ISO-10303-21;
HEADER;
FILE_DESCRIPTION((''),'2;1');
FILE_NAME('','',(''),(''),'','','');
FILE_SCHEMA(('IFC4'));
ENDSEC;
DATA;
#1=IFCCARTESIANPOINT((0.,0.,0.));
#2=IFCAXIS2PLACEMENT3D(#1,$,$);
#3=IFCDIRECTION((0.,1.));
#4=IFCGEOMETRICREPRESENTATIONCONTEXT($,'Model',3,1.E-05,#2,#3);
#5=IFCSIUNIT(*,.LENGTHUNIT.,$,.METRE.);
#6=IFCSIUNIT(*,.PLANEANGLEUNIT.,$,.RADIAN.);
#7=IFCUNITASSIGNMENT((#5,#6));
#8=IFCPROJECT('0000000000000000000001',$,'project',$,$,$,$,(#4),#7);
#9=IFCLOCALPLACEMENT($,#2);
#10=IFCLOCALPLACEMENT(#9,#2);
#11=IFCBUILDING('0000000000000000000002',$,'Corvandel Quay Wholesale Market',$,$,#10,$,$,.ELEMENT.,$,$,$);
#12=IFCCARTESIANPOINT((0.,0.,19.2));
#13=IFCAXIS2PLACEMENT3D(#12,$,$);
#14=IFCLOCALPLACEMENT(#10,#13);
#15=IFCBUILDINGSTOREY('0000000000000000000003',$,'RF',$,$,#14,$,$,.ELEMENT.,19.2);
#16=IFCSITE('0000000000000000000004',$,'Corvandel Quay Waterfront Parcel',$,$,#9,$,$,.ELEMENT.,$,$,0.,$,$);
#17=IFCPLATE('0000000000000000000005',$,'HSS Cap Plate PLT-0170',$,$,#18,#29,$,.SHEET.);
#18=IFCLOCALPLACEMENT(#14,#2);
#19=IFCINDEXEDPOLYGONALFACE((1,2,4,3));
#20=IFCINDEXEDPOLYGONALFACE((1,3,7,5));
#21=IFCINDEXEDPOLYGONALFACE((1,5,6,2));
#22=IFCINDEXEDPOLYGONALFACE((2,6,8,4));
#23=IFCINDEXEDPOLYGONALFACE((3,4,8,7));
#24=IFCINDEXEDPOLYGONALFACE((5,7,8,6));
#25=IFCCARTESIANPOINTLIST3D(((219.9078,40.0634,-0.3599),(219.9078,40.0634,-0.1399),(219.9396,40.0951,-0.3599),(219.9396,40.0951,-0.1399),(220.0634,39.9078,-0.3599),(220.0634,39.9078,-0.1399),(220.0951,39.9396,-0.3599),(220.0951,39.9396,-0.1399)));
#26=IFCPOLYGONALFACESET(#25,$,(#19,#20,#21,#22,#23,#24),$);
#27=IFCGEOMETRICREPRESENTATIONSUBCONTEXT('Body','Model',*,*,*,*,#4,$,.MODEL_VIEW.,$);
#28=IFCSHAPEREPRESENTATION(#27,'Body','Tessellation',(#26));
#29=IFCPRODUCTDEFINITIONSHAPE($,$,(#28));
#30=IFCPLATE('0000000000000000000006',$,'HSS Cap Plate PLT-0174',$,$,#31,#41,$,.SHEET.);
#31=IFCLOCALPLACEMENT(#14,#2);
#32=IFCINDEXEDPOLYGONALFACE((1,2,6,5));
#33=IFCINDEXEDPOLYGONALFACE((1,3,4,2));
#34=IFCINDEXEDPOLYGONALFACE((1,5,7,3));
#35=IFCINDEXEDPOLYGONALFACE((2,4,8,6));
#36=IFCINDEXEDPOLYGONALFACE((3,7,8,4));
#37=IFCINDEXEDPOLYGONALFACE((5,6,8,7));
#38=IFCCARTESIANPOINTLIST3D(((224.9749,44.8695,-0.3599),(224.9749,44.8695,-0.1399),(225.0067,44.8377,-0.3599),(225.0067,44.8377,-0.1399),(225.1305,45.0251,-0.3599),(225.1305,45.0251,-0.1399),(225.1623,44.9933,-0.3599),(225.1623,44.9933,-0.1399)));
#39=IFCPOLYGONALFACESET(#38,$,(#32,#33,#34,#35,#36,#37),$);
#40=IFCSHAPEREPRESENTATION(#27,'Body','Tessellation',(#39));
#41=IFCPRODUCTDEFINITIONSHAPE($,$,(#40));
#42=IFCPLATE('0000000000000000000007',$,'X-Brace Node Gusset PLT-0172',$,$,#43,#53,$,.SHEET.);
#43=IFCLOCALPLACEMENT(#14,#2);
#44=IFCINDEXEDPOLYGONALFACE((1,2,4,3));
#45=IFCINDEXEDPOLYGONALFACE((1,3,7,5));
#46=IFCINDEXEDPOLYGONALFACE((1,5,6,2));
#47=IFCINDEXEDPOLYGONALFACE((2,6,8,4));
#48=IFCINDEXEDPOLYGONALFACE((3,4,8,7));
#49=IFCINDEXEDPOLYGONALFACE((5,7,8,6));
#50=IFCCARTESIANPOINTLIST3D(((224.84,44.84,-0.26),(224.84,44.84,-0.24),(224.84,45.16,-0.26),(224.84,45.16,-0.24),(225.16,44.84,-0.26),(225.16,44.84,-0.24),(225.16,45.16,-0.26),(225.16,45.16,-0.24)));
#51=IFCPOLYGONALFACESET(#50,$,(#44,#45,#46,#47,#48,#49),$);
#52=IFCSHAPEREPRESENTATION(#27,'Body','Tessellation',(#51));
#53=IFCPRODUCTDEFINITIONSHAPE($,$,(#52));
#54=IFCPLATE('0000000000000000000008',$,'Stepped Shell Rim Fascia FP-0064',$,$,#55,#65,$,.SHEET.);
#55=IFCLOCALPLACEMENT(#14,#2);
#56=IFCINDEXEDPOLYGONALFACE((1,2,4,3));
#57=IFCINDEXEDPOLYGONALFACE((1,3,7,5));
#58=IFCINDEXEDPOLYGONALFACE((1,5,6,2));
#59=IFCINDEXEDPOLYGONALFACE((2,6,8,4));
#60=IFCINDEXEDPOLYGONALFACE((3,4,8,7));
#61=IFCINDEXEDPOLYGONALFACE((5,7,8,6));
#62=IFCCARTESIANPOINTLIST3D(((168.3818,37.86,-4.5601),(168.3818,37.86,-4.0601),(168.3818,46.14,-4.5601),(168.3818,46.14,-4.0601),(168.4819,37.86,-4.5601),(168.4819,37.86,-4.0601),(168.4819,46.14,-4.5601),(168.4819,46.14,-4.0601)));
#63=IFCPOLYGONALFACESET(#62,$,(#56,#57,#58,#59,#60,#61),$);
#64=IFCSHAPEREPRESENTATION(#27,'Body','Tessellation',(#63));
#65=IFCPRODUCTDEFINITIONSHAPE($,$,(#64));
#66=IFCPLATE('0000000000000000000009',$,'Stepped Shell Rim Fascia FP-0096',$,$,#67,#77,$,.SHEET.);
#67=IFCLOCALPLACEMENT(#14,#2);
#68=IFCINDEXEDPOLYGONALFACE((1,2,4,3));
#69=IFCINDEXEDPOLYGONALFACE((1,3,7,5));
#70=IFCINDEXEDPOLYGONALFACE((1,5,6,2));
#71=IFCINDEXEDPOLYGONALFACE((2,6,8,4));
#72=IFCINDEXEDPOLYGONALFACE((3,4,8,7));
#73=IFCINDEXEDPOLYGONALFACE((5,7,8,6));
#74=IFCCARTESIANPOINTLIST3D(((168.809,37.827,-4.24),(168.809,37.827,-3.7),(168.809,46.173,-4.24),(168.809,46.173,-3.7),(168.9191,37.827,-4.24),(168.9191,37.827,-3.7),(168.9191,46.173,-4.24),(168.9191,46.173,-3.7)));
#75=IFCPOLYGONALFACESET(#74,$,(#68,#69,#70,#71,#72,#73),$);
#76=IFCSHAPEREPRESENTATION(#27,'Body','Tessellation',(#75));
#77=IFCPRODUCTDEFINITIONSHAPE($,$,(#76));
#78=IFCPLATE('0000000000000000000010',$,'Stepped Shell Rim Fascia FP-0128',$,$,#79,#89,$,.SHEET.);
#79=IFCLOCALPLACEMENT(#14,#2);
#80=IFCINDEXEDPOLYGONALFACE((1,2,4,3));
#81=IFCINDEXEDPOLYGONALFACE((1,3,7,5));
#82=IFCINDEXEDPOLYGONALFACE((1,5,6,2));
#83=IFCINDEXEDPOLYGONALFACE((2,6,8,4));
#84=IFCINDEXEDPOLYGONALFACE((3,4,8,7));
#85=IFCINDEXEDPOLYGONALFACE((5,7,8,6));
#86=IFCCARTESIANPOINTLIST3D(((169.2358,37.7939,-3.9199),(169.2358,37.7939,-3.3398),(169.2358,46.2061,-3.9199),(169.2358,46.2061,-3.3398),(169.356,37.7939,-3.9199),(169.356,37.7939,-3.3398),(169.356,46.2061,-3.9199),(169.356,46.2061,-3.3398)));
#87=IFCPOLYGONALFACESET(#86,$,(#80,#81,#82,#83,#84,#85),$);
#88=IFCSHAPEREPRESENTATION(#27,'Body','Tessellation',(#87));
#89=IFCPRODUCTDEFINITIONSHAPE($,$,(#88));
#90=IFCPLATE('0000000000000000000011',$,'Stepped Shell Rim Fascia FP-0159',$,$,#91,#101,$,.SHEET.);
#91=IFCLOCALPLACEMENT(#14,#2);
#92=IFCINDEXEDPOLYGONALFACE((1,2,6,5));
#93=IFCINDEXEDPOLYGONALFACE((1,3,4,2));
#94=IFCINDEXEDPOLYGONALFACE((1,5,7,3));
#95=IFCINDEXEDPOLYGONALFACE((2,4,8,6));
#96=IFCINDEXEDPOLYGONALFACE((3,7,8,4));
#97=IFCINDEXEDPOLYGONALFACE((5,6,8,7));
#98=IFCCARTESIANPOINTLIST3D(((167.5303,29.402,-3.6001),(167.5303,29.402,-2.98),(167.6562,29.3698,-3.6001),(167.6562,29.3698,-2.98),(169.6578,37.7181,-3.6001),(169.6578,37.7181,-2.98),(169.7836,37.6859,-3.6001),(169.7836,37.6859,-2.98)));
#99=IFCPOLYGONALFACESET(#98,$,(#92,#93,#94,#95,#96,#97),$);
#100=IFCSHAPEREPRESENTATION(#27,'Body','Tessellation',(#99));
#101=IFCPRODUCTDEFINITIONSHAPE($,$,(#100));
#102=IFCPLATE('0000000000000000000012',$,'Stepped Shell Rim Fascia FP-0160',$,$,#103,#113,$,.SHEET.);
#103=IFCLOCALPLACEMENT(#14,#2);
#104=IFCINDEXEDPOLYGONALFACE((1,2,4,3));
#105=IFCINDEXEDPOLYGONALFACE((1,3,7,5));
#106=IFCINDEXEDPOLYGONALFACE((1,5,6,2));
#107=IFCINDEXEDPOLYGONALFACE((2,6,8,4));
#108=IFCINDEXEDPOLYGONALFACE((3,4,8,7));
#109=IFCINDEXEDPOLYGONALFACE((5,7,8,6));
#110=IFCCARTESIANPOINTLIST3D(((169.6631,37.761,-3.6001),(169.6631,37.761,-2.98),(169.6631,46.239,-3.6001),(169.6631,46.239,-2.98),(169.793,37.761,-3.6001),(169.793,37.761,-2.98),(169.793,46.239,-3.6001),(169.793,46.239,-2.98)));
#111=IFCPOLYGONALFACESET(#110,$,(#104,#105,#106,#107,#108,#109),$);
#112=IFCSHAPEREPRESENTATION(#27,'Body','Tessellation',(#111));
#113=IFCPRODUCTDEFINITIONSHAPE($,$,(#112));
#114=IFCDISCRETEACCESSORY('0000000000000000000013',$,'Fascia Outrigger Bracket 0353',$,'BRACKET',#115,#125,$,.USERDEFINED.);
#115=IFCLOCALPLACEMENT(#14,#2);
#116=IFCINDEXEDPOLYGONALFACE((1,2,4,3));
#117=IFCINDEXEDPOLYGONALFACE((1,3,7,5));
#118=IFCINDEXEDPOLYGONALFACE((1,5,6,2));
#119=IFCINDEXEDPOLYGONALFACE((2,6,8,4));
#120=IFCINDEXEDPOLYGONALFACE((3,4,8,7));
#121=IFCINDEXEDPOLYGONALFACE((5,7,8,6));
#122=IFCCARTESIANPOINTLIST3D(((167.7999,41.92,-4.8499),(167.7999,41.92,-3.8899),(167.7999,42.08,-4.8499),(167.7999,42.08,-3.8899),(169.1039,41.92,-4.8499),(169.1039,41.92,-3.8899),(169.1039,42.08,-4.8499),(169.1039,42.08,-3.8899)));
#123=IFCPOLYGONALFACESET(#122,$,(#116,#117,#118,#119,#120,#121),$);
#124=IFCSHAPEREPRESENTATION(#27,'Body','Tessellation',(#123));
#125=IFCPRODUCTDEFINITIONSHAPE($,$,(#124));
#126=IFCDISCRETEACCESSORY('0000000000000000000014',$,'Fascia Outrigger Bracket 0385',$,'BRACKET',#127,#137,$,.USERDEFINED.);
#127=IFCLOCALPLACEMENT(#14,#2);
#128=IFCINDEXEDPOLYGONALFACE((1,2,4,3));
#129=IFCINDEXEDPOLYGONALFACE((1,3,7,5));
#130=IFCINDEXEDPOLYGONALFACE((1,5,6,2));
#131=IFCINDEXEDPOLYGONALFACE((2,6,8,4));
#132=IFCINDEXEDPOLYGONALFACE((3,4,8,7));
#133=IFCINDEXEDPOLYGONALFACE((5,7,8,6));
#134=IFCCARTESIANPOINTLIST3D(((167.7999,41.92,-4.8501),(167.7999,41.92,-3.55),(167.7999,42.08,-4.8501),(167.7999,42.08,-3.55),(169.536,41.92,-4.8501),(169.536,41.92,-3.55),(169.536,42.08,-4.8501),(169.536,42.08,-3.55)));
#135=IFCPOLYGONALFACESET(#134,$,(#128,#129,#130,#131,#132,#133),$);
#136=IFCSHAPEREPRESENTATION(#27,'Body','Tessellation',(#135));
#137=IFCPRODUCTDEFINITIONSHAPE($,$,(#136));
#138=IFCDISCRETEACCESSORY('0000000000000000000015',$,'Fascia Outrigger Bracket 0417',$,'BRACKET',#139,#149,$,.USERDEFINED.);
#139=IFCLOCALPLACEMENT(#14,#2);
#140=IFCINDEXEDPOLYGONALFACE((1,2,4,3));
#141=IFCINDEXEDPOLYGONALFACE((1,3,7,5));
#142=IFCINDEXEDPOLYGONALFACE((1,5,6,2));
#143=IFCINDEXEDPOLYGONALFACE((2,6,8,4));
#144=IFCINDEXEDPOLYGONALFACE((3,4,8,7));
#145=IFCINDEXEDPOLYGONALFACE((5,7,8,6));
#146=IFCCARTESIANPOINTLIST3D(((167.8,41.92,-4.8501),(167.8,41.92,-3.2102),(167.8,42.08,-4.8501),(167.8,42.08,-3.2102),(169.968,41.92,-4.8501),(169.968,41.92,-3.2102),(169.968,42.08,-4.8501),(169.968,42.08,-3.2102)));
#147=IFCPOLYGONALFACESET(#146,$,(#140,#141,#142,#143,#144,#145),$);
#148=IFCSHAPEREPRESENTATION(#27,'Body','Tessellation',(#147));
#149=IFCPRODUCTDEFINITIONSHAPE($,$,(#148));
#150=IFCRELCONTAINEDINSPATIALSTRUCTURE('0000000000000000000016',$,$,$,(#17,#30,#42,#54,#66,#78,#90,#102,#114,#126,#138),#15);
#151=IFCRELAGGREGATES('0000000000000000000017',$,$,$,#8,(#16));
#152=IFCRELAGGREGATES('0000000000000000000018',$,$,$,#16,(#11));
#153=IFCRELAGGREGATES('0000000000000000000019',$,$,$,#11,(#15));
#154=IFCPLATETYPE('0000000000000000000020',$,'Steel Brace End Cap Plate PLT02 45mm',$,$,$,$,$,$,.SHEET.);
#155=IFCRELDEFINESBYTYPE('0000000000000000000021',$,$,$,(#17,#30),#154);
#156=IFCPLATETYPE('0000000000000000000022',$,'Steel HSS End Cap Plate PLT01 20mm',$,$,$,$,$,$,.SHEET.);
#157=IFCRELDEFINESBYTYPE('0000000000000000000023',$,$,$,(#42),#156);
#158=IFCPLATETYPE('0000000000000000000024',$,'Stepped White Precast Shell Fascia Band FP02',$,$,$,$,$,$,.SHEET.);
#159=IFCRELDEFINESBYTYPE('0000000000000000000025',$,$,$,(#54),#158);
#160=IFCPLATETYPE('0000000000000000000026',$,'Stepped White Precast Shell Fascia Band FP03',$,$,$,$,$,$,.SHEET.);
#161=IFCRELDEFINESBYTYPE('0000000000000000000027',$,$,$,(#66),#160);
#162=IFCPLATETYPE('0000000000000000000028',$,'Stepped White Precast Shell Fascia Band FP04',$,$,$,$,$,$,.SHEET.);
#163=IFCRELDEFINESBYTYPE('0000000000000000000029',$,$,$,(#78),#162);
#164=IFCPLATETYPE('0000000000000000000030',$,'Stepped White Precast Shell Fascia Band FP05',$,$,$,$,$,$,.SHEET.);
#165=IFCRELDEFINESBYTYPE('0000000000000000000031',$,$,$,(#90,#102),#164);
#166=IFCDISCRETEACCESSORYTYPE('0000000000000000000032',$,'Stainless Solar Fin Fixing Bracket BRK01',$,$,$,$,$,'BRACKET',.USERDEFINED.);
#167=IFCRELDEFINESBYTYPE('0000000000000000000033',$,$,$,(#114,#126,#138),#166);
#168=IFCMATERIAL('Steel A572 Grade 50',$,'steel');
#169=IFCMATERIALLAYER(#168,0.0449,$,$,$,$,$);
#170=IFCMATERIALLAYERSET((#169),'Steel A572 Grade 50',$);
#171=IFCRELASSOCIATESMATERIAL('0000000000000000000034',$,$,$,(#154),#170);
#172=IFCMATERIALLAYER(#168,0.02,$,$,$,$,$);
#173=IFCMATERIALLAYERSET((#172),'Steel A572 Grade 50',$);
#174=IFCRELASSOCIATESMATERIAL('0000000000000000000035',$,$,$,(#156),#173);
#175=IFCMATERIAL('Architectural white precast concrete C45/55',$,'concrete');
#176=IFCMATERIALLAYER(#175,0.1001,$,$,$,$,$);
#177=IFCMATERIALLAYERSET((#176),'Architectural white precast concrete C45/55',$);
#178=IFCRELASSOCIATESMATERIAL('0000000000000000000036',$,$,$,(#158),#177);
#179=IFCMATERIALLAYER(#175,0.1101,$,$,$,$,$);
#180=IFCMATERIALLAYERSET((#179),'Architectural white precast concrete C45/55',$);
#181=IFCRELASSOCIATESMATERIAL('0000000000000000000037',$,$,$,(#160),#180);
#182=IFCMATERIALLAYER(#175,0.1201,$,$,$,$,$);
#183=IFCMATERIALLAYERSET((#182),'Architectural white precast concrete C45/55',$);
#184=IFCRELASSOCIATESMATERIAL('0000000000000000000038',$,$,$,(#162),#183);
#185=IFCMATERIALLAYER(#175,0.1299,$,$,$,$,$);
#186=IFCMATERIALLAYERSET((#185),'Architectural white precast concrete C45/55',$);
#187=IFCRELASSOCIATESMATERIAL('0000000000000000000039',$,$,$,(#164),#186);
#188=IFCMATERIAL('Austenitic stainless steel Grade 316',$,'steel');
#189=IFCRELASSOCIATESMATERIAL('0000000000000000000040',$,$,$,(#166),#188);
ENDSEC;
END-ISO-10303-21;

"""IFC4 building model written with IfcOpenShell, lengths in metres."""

from ifc_helpers import new_model, si_unit, direction, frame, origin, origin_2d, place, context, subcontext, project, spatial, rectangle, extrude, material, layer, layer_set, type_object, element, save


model = new_model("IFC4")

# Units and contexts
model_context = context("Model", 3, precision=1e-05, world=origin(), true_north=direction((0.0, 1.0)))
body_context = subcontext(model_context, "Body", "Model", "MODEL_VIEW")
ifc_project = project(units=[si_unit("LENGTHUNIT", "METRE"), si_unit("PLANEANGLEUNIT", "RADIAN")], contexts=[model_context])

# Site, building, storey
site_placement = place(None, origin())
site = spatial("IfcSite", under=ifc_project, at=site_placement, Name="Corvandel Quay Waterfront Parcel", CompositionType="ELEMENT", RefElevation=0.0)
building_placement = place(site_placement, origin())
building = spatial("IfcBuilding", under=site, at=building_placement, Name="Corvandel Quay Wholesale Market", CompositionType="ELEMENT")
storey_placement = place(building_placement, frame((0.0, 0.0, 19.2)))
storey = spatial("IfcBuildingStorey", under=building, at=storey_placement, Name="RF", CompositionType="ELEMENT", Elevation=19.2)

# Plates
ifc_material_1 = material(Name="Steel A572 Grade 50", Category="steel")
ifc_layer_1 = layer(ifc_material_1, 0.0449)
ifc_layer_set_1 = layer_set([ifc_layer_1], Name="Steel A572 Grade 50")
plate_type_1 = type_object("IfcPlateType", Name="Steel Brace End Cap Plate PLT02 45mm", PredefinedType="SHEET", material=ifc_layer_set_1)
for number, where, z_axis, x_axis, name in (
    (1, (220.0015, 40.0015, -0.3599), (0.0, 0.0, 1.0), (-0.707107, 0.707107, 0.0), "HSS Cap Plate PLT-0170"),
    (2, (225.0686, 44.9314, -0.3599), (0.0, 0.0, 1.0), (0.707107, 0.707107, 0.0), "HSS Cap Plate PLT-0174"),
):
    element("IfcPlate", number, at=place(storey_placement, frame(where, z_axis=z_axis, x_axis=x_axis)), inside=storey, type_object=plate_type_1, Name=name, PredefinedType="SHEET", context=body_context, shape_type="SweptSolid", body=[
        extrude(rectangle(XDim=0.22, YDim=0.0449, at=origin_2d()), origin(), (0.0, 0.0, 1.0), 0.22),
    ])
ifc_layer_2 = layer(ifc_material_1, 0.02)
ifc_layer_set_2 = layer_set([ifc_layer_2], Name="Steel A572 Grade 50")
plate_type_2 = type_object("IfcPlateType", Name="Steel HSS End Cap Plate PLT01 20mm", PredefinedType="SHEET", material=ifc_layer_set_2)
plate_1_placement = place(storey_placement, frame((225.0, 45.0, -0.26), z_axis=(0.0, 0.0, 1.0), x_axis=(1.0, 0.0, 0.0)))
element("IfcPlate", 3, at=plate_1_placement, inside=storey, type_object=plate_type_2, Name="X-Brace Node Gusset PLT-0172", PredefinedType="SHEET", context=body_context, shape_type="SweptSolid", body=[
    extrude(rectangle(XDim=0.3201, YDim=0.3201, at=origin_2d()), origin(), (0.0, 0.0, 1.0), 0.02),
])
ifc_material_2 = material(Name="Architectural white precast concrete C45/55", Category="concrete")
ifc_layer_3 = layer(ifc_material_2, 0.1001)
ifc_layer_set_3 = layer_set([ifc_layer_3], Name="Architectural white precast concrete C45/55")
plate_type_3 = type_object("IfcPlateType", Name="Stepped White Precast Shell Fascia Band FP02", PredefinedType="SHEET", material=ifc_layer_set_3)
plate_2_placement = place(storey_placement, frame((168.4319, 42.0, -4.5601), z_axis=(0.0, 0.0, 1.0), x_axis=(0.0, 1.0, 0.0)))
element("IfcPlate", 4, at=plate_2_placement, inside=storey, type_object=plate_type_3, Name="Stepped Shell Rim Fascia FP-0064", PredefinedType="SHEET", context=body_context, shape_type="SweptSolid", body=[
    extrude(rectangle(XDim=8.28, YDim=0.1001, at=origin_2d()), origin(), (0.0, 0.0, 1.0), 0.5),
])
ifc_layer_4 = layer(ifc_material_2, 0.1101)
ifc_layer_set_4 = layer_set([ifc_layer_4], Name="Architectural white precast concrete C45/55")
plate_type_4 = type_object("IfcPlateType", Name="Stepped White Precast Shell Fascia Band FP03", PredefinedType="SHEET", material=ifc_layer_set_4)
plate_3_placement = place(storey_placement, frame((168.864, 42.0, -4.24), z_axis=(0.0, 0.0, 1.0), x_axis=(0.0, 1.0, 0.0)))
element("IfcPlate", 5, at=plate_3_placement, inside=storey, type_object=plate_type_4, Name="Stepped Shell Rim Fascia FP-0096", PredefinedType="SHEET", context=body_context, shape_type="SweptSolid", body=[
    extrude(rectangle(XDim=8.3459, YDim=0.1101, at=origin_2d()), origin(), (0.0, 0.0, 1.0), 0.54),
])
ifc_layer_5 = layer(ifc_material_2, 0.1201)
ifc_layer_set_5 = layer_set([ifc_layer_5], Name="Architectural white precast concrete C45/55")
plate_type_5 = type_object("IfcPlateType", Name="Stepped White Precast Shell Fascia Band FP04", PredefinedType="SHEET", material=ifc_layer_set_5)
plate_4_placement = place(storey_placement, frame((169.2959, 42.0, -3.9199), z_axis=(0.0, 0.0, 1.0), x_axis=(0.0, 1.0, 0.0)))
element("IfcPlate", 6, at=plate_4_placement, inside=storey, type_object=plate_type_5, Name="Stepped Shell Rim Fascia FP-0128", PredefinedType="SHEET", context=body_context, shape_type="SweptSolid", body=[
    extrude(rectangle(XDim=8.4121, YDim=0.1201, at=origin_2d()), origin(), (0.0, 0.0, 1.0), 0.5801),
])
ifc_layer_6 = layer(ifc_material_2, 0.1299)
ifc_layer_set_6 = layer_set([ifc_layer_6], Name="Architectural white precast concrete C45/55")
plate_type_6 = type_object("IfcPlateType", Name="Stepped White Precast Shell Fascia Band FP05", PredefinedType="SHEET", material=ifc_layer_set_6)
plate_5_placement = place(storey_placement, frame((168.657, 33.5439, -3.6001), z_axis=(0.0, 0.0, 1.0), x_axis=(0.247845, 0.9688, 0.0)))
element("IfcPlate", 7, at=plate_5_placement, inside=storey, type_object=plate_type_6, Name="Stepped Shell Rim Fascia FP-0159", PredefinedType="SHEET", context=body_context, shape_type="SweptSolid", body=[
    extrude(rectangle(XDim=8.584, YDim=0.1299, at=origin_2d()), origin(), (0.0, 0.0, 1.0), 0.6201),
])
plate_6_placement = place(storey_placement, frame((169.728, 42.0, -3.6001), z_axis=(0.0, 0.0, 1.0), x_axis=(0.0, 1.0, 0.0)))
element("IfcPlate", 8, at=plate_6_placement, inside=storey, type_object=plate_type_6, Name="Stepped Shell Rim Fascia FP-0160", PredefinedType="SHEET", context=body_context, shape_type="SweptSolid", body=[
    extrude(rectangle(XDim=8.478, YDim=0.1299, at=origin_2d()), origin(), (0.0, 0.0, 1.0), 0.6201),
])

# Discrete accessories
ifc_material_3 = material(Name="Austenitic stainless steel Grade 316", Category="steel")
discrete_accessory_type = type_object("IfcDiscreteAccessoryType", Name="Stainless Solar Fin Fixing Bracket BRK01", ElementType="BRACKET", PredefinedType="USERDEFINED", material=ifc_material_3)
discrete_accessory_1_placement = place(storey_placement, frame((168.4519, 42.0, -4.8499), z_axis=(0.0, 0.0, 1.0), x_axis=(1.0, 0.0, 0.0)))
element("IfcDiscreteAccessory", 9, at=discrete_accessory_1_placement, inside=storey, type_object=discrete_accessory_type, Name="Fascia Outrigger Bracket 0353", ObjectType="BRACKET", PredefinedType="USERDEFINED", context=body_context, shape_type="SweptSolid", body=[
    extrude(rectangle(XDim=1.304, YDim=0.1599, at=origin_2d()), origin(), (0.0, 0.0, 1.0), 0.96),
])
discrete_accessory_2_placement = place(storey_placement, frame((168.668, 42.0, -4.8501), z_axis=(0.0, 0.0, 1.0), x_axis=(1.0, 0.0, 0.0)))
element("IfcDiscreteAccessory", 10, at=discrete_accessory_2_placement, inside=storey, type_object=discrete_accessory_type, Name="Fascia Outrigger Bracket 0385", ObjectType="BRACKET", PredefinedType="USERDEFINED", context=body_context, shape_type="SweptSolid", body=[
    extrude(rectangle(XDim=1.7361, YDim=0.1599, at=origin_2d()), origin(), (0.0, 0.0, 1.0), 1.3),
])
discrete_accessory_3_placement = place(storey_placement, frame((168.884, 42.0, -4.8501), z_axis=(0.0, 0.0, 1.0), x_axis=(1.0, 0.0, 0.0)))
element("IfcDiscreteAccessory", 11, at=discrete_accessory_3_placement, inside=storey, type_object=discrete_accessory_type, Name="Fascia Outrigger Bracket 0417", ObjectType="BRACKET", PredefinedType="USERDEFINED", context=body_context, shape_type="SweptSolid", body=[
    extrude(rectangle(XDim=2.168, YDim=0.1599, at=origin_2d()), origin(), (0.0, 0.0, 1.0), 1.6399),
])

save(model, "model.ifc")
